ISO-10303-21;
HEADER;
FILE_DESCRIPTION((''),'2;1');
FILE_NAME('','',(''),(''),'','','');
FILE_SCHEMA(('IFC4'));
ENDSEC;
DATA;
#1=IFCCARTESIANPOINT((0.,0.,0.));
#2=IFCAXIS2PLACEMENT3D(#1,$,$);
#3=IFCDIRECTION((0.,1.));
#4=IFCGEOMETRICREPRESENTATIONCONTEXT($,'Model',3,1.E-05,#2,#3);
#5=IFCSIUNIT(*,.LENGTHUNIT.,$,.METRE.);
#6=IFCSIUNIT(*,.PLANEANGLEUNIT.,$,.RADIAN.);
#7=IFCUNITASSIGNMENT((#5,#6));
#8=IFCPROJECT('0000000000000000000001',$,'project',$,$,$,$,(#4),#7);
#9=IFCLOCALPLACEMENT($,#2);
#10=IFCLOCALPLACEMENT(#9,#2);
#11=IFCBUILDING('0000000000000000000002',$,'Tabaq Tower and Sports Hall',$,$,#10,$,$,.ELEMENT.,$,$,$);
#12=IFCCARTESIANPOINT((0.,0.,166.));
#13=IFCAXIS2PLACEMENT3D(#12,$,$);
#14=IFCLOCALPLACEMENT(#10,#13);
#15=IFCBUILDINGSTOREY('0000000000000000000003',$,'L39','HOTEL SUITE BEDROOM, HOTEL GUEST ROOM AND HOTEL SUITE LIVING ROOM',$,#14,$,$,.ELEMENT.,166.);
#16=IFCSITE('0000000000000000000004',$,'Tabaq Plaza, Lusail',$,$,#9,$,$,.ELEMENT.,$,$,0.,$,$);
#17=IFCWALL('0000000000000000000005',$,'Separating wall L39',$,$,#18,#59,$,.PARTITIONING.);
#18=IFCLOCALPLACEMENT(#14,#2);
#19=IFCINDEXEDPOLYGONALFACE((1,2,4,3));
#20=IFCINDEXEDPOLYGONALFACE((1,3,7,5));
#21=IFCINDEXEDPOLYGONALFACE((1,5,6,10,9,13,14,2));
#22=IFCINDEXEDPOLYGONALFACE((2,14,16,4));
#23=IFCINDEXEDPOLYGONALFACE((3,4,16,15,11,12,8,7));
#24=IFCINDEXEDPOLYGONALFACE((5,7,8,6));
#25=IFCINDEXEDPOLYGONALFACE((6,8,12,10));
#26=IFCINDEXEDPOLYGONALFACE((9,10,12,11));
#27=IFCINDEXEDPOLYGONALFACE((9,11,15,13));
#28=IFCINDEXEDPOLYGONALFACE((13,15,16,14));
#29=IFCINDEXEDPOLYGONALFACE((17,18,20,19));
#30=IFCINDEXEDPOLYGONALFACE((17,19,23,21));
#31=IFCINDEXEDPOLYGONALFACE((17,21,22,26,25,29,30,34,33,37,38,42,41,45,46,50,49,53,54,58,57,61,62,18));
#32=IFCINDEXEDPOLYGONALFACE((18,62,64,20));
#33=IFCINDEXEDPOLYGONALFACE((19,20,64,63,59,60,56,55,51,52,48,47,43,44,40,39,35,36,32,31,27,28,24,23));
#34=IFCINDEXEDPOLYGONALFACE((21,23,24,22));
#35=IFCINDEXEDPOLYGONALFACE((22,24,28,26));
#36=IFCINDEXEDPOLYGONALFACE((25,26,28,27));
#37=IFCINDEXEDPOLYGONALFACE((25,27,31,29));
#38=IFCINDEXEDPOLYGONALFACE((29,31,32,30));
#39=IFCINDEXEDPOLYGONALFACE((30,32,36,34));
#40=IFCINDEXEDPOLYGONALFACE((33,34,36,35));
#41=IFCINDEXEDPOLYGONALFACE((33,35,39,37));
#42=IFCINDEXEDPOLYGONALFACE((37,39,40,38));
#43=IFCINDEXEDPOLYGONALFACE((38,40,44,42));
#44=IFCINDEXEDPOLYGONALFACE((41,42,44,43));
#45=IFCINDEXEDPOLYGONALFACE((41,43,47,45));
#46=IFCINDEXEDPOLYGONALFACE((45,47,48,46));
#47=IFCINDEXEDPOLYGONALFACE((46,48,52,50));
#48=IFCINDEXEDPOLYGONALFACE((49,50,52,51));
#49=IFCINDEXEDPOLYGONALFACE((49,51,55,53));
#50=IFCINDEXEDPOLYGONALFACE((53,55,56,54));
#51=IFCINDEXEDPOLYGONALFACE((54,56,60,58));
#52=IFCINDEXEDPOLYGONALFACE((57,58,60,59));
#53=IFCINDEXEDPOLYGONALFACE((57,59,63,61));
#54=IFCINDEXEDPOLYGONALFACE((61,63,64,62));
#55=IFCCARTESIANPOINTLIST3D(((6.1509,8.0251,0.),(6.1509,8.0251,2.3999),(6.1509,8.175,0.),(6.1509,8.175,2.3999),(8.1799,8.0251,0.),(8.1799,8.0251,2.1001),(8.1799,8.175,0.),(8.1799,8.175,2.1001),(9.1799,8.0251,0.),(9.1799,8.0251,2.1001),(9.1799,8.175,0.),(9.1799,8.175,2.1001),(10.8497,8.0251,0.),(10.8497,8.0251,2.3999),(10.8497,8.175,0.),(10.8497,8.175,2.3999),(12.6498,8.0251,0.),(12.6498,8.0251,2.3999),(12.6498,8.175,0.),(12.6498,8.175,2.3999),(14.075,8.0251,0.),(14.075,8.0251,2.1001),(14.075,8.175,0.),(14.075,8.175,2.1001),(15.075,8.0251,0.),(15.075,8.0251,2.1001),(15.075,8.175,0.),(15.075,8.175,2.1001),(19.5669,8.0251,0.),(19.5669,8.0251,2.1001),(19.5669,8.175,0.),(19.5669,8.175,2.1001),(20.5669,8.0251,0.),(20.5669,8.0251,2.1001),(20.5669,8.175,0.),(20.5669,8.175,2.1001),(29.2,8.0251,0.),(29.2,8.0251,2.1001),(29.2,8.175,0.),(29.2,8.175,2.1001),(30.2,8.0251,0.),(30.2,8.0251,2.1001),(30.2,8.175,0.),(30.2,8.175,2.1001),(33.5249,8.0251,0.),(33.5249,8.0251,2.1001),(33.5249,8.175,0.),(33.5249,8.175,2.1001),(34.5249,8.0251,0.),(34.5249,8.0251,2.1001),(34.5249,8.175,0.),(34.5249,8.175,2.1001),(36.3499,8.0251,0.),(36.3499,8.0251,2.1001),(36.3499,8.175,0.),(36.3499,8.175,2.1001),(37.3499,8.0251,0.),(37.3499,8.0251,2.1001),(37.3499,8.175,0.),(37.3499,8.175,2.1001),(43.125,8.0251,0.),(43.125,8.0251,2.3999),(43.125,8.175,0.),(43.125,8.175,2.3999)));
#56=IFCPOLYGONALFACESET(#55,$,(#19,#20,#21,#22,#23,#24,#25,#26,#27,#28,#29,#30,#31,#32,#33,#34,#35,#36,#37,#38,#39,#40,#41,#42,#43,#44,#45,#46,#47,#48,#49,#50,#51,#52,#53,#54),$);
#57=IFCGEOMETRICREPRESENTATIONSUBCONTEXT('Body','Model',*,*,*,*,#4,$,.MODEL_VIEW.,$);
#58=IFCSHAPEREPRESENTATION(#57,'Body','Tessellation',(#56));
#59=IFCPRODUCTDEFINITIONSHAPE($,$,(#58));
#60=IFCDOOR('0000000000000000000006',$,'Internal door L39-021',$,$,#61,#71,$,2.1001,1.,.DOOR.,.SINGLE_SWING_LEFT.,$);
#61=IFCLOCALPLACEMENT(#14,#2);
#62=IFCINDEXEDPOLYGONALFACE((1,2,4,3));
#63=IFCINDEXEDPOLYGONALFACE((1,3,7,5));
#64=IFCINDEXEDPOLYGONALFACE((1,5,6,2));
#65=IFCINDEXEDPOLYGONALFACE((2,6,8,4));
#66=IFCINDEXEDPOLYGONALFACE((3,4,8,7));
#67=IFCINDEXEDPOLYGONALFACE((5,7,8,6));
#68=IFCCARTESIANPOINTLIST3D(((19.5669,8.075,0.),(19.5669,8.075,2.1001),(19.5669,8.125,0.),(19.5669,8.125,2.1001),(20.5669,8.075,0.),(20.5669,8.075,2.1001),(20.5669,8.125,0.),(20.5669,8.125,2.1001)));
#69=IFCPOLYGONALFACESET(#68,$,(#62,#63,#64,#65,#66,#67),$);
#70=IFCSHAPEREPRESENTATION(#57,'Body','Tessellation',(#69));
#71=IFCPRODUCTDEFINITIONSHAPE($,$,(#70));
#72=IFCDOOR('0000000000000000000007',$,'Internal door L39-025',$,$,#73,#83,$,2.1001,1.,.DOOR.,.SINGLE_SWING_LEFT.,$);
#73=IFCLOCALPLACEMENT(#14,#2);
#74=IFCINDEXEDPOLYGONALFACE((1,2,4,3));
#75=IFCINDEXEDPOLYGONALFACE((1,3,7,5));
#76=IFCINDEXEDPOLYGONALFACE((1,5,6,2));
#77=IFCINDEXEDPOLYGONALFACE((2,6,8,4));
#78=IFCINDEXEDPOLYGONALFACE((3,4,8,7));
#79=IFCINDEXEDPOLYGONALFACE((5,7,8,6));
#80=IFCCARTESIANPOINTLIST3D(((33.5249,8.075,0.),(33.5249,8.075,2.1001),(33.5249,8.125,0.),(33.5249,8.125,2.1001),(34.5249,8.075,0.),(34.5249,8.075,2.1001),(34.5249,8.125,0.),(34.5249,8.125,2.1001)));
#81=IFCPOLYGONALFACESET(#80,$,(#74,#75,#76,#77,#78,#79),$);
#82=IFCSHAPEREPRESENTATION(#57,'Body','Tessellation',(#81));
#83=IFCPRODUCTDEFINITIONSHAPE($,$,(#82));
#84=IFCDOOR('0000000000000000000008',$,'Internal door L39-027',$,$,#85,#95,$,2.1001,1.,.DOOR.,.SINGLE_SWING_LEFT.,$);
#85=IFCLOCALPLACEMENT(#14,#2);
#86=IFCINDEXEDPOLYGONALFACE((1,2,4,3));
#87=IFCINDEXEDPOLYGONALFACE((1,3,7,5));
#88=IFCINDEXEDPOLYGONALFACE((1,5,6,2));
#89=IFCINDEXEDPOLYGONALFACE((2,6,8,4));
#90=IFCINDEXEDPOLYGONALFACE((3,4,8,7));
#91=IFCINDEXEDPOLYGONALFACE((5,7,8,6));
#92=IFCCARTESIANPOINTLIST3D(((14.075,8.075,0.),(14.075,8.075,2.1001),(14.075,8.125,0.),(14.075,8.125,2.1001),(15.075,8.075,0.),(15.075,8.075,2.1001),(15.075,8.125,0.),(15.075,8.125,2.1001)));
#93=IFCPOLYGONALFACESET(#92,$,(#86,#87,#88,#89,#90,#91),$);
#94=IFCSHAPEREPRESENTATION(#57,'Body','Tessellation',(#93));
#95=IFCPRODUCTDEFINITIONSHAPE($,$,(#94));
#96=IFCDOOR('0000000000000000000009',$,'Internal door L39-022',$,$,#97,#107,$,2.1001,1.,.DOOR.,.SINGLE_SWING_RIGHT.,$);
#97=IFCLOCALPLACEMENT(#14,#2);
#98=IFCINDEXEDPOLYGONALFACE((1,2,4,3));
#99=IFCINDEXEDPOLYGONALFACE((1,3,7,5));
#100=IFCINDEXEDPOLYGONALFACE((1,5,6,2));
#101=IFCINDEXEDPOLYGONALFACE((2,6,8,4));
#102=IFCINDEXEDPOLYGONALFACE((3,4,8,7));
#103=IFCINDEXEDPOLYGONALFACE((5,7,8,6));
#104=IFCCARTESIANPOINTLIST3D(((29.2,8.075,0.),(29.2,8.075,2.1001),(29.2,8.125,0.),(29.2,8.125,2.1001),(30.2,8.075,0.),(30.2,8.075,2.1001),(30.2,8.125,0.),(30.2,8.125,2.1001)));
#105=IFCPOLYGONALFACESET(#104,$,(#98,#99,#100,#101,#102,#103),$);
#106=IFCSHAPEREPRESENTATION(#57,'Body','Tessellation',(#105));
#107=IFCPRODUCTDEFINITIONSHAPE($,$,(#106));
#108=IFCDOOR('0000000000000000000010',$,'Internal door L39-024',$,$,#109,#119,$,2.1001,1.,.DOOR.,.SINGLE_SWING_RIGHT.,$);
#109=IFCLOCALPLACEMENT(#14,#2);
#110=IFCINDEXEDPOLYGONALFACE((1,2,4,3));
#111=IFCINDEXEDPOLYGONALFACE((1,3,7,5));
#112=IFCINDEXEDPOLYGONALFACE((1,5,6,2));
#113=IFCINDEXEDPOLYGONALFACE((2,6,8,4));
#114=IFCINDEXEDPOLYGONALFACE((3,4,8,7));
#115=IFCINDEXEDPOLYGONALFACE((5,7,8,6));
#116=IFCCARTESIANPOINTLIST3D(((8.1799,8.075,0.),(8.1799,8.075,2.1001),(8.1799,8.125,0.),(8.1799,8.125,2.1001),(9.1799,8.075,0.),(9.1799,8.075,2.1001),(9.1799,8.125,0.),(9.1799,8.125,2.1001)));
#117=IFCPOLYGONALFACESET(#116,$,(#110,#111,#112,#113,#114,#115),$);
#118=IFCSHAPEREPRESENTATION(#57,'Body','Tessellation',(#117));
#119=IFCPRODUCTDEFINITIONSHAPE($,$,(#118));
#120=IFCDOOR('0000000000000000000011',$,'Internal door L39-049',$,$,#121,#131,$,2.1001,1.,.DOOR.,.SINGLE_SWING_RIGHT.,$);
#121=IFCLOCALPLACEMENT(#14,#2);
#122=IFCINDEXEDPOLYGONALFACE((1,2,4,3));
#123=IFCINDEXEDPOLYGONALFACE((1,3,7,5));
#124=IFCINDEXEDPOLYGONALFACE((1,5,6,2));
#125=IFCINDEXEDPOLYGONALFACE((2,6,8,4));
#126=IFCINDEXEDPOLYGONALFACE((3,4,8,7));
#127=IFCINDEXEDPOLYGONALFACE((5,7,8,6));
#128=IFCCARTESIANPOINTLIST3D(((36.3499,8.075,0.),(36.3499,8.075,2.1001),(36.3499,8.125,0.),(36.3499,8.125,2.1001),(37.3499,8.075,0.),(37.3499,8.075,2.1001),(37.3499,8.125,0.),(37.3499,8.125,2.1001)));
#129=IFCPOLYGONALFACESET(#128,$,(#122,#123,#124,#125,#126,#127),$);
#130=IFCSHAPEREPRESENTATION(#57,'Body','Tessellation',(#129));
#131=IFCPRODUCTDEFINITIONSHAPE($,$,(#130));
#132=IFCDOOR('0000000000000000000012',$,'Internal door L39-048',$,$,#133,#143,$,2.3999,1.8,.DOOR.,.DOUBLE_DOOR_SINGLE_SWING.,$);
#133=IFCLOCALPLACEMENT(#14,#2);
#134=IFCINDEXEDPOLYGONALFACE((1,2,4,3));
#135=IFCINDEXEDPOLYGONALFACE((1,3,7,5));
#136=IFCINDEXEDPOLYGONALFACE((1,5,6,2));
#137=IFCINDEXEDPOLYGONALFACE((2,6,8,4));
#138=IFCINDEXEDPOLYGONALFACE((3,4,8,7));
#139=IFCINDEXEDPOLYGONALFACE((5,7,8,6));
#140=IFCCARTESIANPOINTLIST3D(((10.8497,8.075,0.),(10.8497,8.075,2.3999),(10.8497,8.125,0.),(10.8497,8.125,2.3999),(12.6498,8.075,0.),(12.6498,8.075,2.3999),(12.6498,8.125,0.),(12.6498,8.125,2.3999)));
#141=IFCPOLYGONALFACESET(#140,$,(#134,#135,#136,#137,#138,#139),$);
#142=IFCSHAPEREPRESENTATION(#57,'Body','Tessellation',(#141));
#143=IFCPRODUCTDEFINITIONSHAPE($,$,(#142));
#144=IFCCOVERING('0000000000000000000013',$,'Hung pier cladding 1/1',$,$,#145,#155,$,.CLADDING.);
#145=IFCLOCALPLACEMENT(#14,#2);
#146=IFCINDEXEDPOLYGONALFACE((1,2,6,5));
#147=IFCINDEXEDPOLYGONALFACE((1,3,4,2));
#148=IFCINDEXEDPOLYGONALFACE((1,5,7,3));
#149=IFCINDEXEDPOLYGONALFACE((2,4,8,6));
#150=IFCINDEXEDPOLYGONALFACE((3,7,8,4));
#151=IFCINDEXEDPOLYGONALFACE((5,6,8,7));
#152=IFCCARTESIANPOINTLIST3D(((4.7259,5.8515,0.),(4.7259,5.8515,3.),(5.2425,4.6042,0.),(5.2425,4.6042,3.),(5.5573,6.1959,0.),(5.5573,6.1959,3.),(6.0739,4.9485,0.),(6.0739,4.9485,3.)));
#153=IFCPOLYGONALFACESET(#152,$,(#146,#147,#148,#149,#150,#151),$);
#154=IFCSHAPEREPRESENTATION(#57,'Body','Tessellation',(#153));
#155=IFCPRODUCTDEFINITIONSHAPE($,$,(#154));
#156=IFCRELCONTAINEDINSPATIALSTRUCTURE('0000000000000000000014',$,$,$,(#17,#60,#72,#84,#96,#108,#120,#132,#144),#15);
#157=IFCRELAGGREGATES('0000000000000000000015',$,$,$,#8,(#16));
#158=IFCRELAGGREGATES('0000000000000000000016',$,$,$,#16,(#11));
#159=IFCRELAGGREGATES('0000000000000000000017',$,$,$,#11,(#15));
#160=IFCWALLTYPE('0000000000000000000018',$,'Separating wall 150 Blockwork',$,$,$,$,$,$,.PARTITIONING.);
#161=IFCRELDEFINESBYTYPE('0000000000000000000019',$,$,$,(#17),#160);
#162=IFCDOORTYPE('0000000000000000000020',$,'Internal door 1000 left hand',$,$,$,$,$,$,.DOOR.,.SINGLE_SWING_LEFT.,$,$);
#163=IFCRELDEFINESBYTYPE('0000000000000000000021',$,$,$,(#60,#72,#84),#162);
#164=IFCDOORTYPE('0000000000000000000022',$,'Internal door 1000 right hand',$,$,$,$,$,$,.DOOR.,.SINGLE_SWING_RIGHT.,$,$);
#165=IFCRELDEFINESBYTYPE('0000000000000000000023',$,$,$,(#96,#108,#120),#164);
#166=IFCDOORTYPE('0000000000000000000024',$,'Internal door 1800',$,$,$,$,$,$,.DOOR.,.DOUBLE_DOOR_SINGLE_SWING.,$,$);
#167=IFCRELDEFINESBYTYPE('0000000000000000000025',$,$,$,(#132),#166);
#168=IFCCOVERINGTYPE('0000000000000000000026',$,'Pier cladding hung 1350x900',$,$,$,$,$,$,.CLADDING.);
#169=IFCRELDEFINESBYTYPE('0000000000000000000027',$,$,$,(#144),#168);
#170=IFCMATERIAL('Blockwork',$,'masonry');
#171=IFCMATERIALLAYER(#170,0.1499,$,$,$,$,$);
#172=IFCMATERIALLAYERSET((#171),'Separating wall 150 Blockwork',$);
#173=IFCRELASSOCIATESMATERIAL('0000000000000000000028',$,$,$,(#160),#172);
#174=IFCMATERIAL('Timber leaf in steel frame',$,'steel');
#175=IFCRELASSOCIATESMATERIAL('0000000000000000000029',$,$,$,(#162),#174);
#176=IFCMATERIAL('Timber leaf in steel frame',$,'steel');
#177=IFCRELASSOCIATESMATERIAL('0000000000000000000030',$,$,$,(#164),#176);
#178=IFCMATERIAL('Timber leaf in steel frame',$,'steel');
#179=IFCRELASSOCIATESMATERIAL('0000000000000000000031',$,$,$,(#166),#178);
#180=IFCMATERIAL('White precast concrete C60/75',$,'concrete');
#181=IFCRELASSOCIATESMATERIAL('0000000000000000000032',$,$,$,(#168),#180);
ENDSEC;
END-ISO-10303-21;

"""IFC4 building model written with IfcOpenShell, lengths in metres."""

from ifc_helpers import new_model, si_unit, direction, frame, frame_2d, origin, place, context, subcontext, project, spatial, rectangle, extrude, material, layer, layer_set, type_object, element, fill, save


model = new_model("IFC4")

# Units and contexts
model_context = context("Model", 3, precision=1e-05, world=origin(), true_north=direction((0.0, 1.0)))
body_context = subcontext(model_context, "Body", "Model", "MODEL_VIEW")
ifc_project = project(units=[si_unit("LENGTHUNIT", "METRE"), si_unit("PLANEANGLEUNIT", "RADIAN")], contexts=[model_context])

# Site, building, storey
site_placement = place(None, origin())
site = spatial("IfcSite", under=ifc_project, at=site_placement, Name="Tabaq Plaza, Lusail", CompositionType="ELEMENT", RefElevation=0.0)
building_placement = place(site_placement, origin())
building = spatial("IfcBuilding", under=site, at=building_placement, Name="Tabaq Tower and Sports Hall", CompositionType="ELEMENT")
storey_placement = place(building_placement, frame((0.0, 0.0, 166.0)))
storey = spatial("IfcBuildingStorey", under=building, at=storey_placement, Name="L39", Description="HOTEL SUITE BEDROOM, HOTEL GUEST ROOM AND HOTEL SUITE LIVING ROOM", CompositionType="ELEMENT", Elevation=166.0)

# Wall, openings, doors
ifc_material_1 = material(Name="Blockwork", Category="masonry")
ifc_layer_1 = layer(ifc_material_1, 0.1499)
ifc_layer_set_1 = layer_set([ifc_layer_1], Name="Separating wall 150 Blockwork")
wall_type_1 = type_object("IfcWallType", Name="Separating wall 150 Blockwork", PredefinedType="PARTITIONING", material=ifc_layer_set_1)
wall_1_placement = place(storey_placement, frame((6.1509, 8.1001, 0.0), z_axis=(0.0, 0.0, 1.0), x_axis=(1.0, 0.0, 0.0)))
wall_1 = element("IfcWall", 1, at=wall_1_placement, inside=storey, type_object=wall_type_1, Name="Separating wall L39", PredefinedType="PARTITIONING", context=body_context, shape_type="SweptSolid", body=[
    extrude(rectangle(XDim=36.9741, YDim=0.1499, at=frame_2d((18.4871, 0.0))), origin(), (0.0, 0.0, 1.0), 2.3999),
])
opening_1_placement = place(wall_1_placement, frame((13.416, 0.0, 0.0)))
opening_1 = element("IfcOpeningElement", 2, at=opening_1_placement, cuts=wall_1, PredefinedType="OPENING", context=body_context, shape_type="SweptSolid", body=[
    extrude(rectangle(XDim=1.0, YDim=2.1001, at=frame_2d((0.5, 1.05))), frame((0.0, 0.075, 0.0), z_axis=(0.0, -1.0, 0.0), x_axis=(1.0, 0.0, 0.0)), (0.0, 0.0, 1.0), 0.1499),
])
opening_2_placement = place(wall_1_placement, frame((23.0491, 0.0, 0.0)))
opening_2 = element("IfcOpeningElement", 3, at=opening_2_placement, cuts=wall_1, PredefinedType="OPENING", context=body_context, shape_type="SweptSolid", body=[
    extrude(rectangle(XDim=1.0, YDim=2.1001, at=frame_2d((0.5, 1.05))), frame((0.0, 0.075, 0.0), z_axis=(0.0, -1.0, 0.0), x_axis=(1.0, 0.0, 0.0)), (0.0, 0.0, 1.0), 0.1499),
])
opening_3_placement = place(wall_1_placement, frame((2.0291, 0.0, 0.0)))
opening_3 = element("IfcOpeningElement", 4, at=opening_3_placement, cuts=wall_1, PredefinedType="OPENING", context=body_context, shape_type="SweptSolid", body=[
    extrude(rectangle(XDim=1.0, YDim=2.1001, at=frame_2d((0.5, 1.05))), frame((0.0, 0.075, 0.0), z_axis=(0.0, -1.0, 0.0), x_axis=(1.0, 0.0, 0.0)), (0.0, 0.0, 1.0), 0.1499),
])
opening_4_placement = place(wall_1_placement, frame((27.374, 0.0, 0.0)))
opening_4 = element("IfcOpeningElement", 5, at=opening_4_placement, cuts=wall_1, PredefinedType="OPENING", context=body_context, shape_type="SweptSolid", body=[
    extrude(rectangle(XDim=1.0, YDim=2.1001, at=frame_2d((0.5, 1.05))), frame((0.0, 0.075, 0.0), z_axis=(0.0, -1.0, 0.0), x_axis=(1.0, 0.0, 0.0)), (0.0, 0.0, 1.0), 0.1499),
])
opening_5_placement = place(wall_1_placement, frame((7.9241, 0.0, 0.0)))
opening_5 = element("IfcOpeningElement", 6, at=opening_5_placement, cuts=wall_1, PredefinedType="OPENING", context=body_context, shape_type="SweptSolid", body=[
    extrude(rectangle(XDim=1.0, YDim=2.1001, at=frame_2d((0.5, 1.05))), frame((0.0, 0.075, 0.0), z_axis=(0.0, -1.0, 0.0), x_axis=(1.0, 0.0, 0.0)), (0.0, 0.0, 1.0), 0.1499),
])
opening_6_placement = place(wall_1_placement, frame((4.699, 0.0, 0.0)))
opening_6 = element("IfcOpeningElement", 7, at=opening_6_placement, cuts=wall_1, PredefinedType="OPENING", context=body_context, shape_type="SweptSolid", body=[
    extrude(rectangle(XDim=1.8, YDim=2.3999, at=frame_2d((0.8999, 1.2))), frame((0.0, 0.075, 0.0), z_axis=(0.0, -1.0, 0.0), x_axis=(1.0, 0.0, 0.0)), (0.0, 0.0, 1.0), 0.1499),
])
opening_7_placement = place(wall_1_placement, frame((30.199, 0.0, 0.0)))
opening_7 = element("IfcOpeningElement", 8, at=opening_7_placement, cuts=wall_1, PredefinedType="OPENING", context=body_context, shape_type="SweptSolid", body=[
    extrude(rectangle(XDim=1.0, YDim=2.1001, at=frame_2d((0.5, 1.05))), frame((0.0, 0.075, 0.0), z_axis=(0.0, -1.0, 0.0), x_axis=(1.0, 0.0, 0.0)), (0.0, 0.0, 1.0), 0.1499),
])
ifc_material_2 = material(Name="Timber leaf in steel frame", Category="steel")
door_type_1 = type_object("IfcDoorType", Name="Internal door 1000 left hand", OperationType="SINGLE_SWING_LEFT", PredefinedType="DOOR", material=ifc_material_2)
door_1_placement = place(opening_1_placement, origin())
door_1 = element("IfcDoor", 9, at=door_1_placement, inside=storey, type_object=door_type_1, Name="Internal door L39-021", OperationType="SINGLE_SWING_LEFT", OverallHeight=2.1001, OverallWidth=1.0, PredefinedType="DOOR", context=body_context, shape_type="SweptSolid", body=[
    extrude(rectangle(XDim=1.0, YDim=2.1001, at=frame_2d((0.5, 1.05))), frame((0.0, 0.0249, 0.0), z_axis=(0.0, -1.0, 0.0), x_axis=(1.0, 0.0, 0.0)), (0.0, 0.0, 1.0), 0.05),
])
fill(opening_1, door_1)
door_2_placement = place(opening_4_placement, origin())
door_2 = element("IfcDoor", 10, at=door_2_placement, inside=storey, type_object=door_type_1, Name="Internal door L39-025", OperationType="SINGLE_SWING_LEFT", OverallHeight=2.1001, OverallWidth=1.0, PredefinedType="DOOR", context=body_context, shape_type="SweptSolid", body=[
    extrude(rectangle(XDim=1.0, YDim=2.1001, at=frame_2d((0.5, 1.05))), frame((0.0, 0.0249, 0.0), z_axis=(0.0, -1.0, 0.0), x_axis=(1.0, 0.0, 0.0)), (0.0, 0.0, 1.0), 0.05),
])
fill(opening_4, door_2)
door_3_placement = place(opening_5_placement, origin())
door_3 = element("IfcDoor", 11, at=door_3_placement, inside=storey, type_object=door_type_1, Name="Internal door L39-027", OperationType="SINGLE_SWING_LEFT", OverallHeight=2.1001, OverallWidth=1.0, PredefinedType="DOOR", context=body_context, shape_type="SweptSolid", body=[
    extrude(rectangle(XDim=1.0, YDim=2.1001, at=frame_2d((0.5, 1.05))), frame((0.0, 0.0249, 0.0), z_axis=(0.0, -1.0, 0.0), x_axis=(1.0, 0.0, 0.0)), (0.0, 0.0, 1.0), 0.05),
])
fill(opening_5, door_3)
ifc_material_3 = material(Name="Timber leaf in steel frame", Category="steel")
door_type_2 = type_object("IfcDoorType", Name="Internal door 1000 right hand", OperationType="SINGLE_SWING_RIGHT", PredefinedType="DOOR", material=ifc_material_3)
door_4_placement = place(opening_2_placement, origin())
door_4 = element("IfcDoor", 12, at=door_4_placement, inside=storey, type_object=door_type_2, Name="Internal door L39-022", OperationType="SINGLE_SWING_RIGHT", OverallHeight=2.1001, OverallWidth=1.0, PredefinedType="DOOR", context=body_context, shape_type="SweptSolid", body=[
    extrude(rectangle(XDim=1.0, YDim=2.1001, at=frame_2d((0.5, 1.05))), frame((0.0, 0.0249, 0.0), z_axis=(0.0, -1.0, 0.0), x_axis=(1.0, 0.0, 0.0)), (0.0, 0.0, 1.0), 0.05),
])
fill(opening_2, door_4)
door_5_placement = place(opening_3_placement, origin())
door_5 = element("IfcDoor", 13, at=door_5_placement, inside=storey, type_object=door_type_2, Name="Internal door L39-024", OperationType="SINGLE_SWING_RIGHT", OverallHeight=2.1001, OverallWidth=1.0, PredefinedType="DOOR", context=body_context, shape_type="SweptSolid", body=[
    extrude(rectangle(XDim=1.0, YDim=2.1001, at=frame_2d((0.5, 1.05))), frame((0.0, 0.0249, 0.0), z_axis=(0.0, -1.0, 0.0), x_axis=(1.0, 0.0, 0.0)), (0.0, 0.0, 1.0), 0.05),
])
fill(opening_3, door_5)
door_6_placement = place(opening_7_placement, origin())
door_6 = element("IfcDoor", 14, at=door_6_placement, inside=storey, type_object=door_type_2, Name="Internal door L39-049", OperationType="SINGLE_SWING_RIGHT", OverallHeight=2.1001, OverallWidth=1.0, PredefinedType="DOOR", context=body_context, shape_type="SweptSolid", body=[
    extrude(rectangle(XDim=1.0, YDim=2.1001, at=frame_2d((0.5, 1.05))), frame((0.0, 0.0249, 0.0), z_axis=(0.0, -1.0, 0.0), x_axis=(1.0, 0.0, 0.0)), (0.0, 0.0, 1.0), 0.05),
])
fill(opening_7, door_6)
ifc_material_4 = material(Name="Timber leaf in steel frame", Category="steel")
door_type_3 = type_object("IfcDoorType", Name="Internal door 1800", OperationType="DOUBLE_DOOR_SINGLE_SWING", PredefinedType="DOOR", material=ifc_material_4)
door_7_placement = place(opening_6_placement, origin())
door_7 = element("IfcDoor", 15, at=door_7_placement, inside=storey, type_object=door_type_3, Name="Internal door L39-048", OperationType="DOUBLE_DOOR_SINGLE_SWING", OverallHeight=2.3999, OverallWidth=1.8, PredefinedType="DOOR", context=body_context, shape_type="SweptSolid", body=[
    extrude(rectangle(XDim=1.8, YDim=2.3999, at=frame_2d((0.8999, 1.2))), frame((0.0, 0.0249, 0.0), z_axis=(0.0, -1.0, 0.0), x_axis=(1.0, 0.0, 0.0)), (0.0, 0.0, 1.0), 0.05),
])
fill(opening_6, door_7)

# Covering
ifc_material_5 = material(Name="White precast concrete C60/75", Category="concrete")
covering_type_1 = type_object("IfcCoveringType", Name="Pier cladding hung 1350x900", PredefinedType="CLADDING", material=ifc_material_5)
covering_1_placement = place(storey_placement, frame((5.1416, 6.0237, 0.0), z_axis=(0.0, 0.0, 1.0), x_axis=(0.38265, -0.923893, 0.0)))
element("IfcCovering", 16, at=covering_1_placement, inside=storey, type_object=covering_type_1, Name="Hung pier cladding 1/1", PredefinedType="CLADDING", context=body_context, shape_type="SweptSolid", body=[
    extrude(rectangle(XDim=1.3501, YDim=0.8999, at=frame_2d((0.675, 0.0))), origin(), (0.0, 0.0, 1.0), 3.0),
])

save(model, "model.ifc")
